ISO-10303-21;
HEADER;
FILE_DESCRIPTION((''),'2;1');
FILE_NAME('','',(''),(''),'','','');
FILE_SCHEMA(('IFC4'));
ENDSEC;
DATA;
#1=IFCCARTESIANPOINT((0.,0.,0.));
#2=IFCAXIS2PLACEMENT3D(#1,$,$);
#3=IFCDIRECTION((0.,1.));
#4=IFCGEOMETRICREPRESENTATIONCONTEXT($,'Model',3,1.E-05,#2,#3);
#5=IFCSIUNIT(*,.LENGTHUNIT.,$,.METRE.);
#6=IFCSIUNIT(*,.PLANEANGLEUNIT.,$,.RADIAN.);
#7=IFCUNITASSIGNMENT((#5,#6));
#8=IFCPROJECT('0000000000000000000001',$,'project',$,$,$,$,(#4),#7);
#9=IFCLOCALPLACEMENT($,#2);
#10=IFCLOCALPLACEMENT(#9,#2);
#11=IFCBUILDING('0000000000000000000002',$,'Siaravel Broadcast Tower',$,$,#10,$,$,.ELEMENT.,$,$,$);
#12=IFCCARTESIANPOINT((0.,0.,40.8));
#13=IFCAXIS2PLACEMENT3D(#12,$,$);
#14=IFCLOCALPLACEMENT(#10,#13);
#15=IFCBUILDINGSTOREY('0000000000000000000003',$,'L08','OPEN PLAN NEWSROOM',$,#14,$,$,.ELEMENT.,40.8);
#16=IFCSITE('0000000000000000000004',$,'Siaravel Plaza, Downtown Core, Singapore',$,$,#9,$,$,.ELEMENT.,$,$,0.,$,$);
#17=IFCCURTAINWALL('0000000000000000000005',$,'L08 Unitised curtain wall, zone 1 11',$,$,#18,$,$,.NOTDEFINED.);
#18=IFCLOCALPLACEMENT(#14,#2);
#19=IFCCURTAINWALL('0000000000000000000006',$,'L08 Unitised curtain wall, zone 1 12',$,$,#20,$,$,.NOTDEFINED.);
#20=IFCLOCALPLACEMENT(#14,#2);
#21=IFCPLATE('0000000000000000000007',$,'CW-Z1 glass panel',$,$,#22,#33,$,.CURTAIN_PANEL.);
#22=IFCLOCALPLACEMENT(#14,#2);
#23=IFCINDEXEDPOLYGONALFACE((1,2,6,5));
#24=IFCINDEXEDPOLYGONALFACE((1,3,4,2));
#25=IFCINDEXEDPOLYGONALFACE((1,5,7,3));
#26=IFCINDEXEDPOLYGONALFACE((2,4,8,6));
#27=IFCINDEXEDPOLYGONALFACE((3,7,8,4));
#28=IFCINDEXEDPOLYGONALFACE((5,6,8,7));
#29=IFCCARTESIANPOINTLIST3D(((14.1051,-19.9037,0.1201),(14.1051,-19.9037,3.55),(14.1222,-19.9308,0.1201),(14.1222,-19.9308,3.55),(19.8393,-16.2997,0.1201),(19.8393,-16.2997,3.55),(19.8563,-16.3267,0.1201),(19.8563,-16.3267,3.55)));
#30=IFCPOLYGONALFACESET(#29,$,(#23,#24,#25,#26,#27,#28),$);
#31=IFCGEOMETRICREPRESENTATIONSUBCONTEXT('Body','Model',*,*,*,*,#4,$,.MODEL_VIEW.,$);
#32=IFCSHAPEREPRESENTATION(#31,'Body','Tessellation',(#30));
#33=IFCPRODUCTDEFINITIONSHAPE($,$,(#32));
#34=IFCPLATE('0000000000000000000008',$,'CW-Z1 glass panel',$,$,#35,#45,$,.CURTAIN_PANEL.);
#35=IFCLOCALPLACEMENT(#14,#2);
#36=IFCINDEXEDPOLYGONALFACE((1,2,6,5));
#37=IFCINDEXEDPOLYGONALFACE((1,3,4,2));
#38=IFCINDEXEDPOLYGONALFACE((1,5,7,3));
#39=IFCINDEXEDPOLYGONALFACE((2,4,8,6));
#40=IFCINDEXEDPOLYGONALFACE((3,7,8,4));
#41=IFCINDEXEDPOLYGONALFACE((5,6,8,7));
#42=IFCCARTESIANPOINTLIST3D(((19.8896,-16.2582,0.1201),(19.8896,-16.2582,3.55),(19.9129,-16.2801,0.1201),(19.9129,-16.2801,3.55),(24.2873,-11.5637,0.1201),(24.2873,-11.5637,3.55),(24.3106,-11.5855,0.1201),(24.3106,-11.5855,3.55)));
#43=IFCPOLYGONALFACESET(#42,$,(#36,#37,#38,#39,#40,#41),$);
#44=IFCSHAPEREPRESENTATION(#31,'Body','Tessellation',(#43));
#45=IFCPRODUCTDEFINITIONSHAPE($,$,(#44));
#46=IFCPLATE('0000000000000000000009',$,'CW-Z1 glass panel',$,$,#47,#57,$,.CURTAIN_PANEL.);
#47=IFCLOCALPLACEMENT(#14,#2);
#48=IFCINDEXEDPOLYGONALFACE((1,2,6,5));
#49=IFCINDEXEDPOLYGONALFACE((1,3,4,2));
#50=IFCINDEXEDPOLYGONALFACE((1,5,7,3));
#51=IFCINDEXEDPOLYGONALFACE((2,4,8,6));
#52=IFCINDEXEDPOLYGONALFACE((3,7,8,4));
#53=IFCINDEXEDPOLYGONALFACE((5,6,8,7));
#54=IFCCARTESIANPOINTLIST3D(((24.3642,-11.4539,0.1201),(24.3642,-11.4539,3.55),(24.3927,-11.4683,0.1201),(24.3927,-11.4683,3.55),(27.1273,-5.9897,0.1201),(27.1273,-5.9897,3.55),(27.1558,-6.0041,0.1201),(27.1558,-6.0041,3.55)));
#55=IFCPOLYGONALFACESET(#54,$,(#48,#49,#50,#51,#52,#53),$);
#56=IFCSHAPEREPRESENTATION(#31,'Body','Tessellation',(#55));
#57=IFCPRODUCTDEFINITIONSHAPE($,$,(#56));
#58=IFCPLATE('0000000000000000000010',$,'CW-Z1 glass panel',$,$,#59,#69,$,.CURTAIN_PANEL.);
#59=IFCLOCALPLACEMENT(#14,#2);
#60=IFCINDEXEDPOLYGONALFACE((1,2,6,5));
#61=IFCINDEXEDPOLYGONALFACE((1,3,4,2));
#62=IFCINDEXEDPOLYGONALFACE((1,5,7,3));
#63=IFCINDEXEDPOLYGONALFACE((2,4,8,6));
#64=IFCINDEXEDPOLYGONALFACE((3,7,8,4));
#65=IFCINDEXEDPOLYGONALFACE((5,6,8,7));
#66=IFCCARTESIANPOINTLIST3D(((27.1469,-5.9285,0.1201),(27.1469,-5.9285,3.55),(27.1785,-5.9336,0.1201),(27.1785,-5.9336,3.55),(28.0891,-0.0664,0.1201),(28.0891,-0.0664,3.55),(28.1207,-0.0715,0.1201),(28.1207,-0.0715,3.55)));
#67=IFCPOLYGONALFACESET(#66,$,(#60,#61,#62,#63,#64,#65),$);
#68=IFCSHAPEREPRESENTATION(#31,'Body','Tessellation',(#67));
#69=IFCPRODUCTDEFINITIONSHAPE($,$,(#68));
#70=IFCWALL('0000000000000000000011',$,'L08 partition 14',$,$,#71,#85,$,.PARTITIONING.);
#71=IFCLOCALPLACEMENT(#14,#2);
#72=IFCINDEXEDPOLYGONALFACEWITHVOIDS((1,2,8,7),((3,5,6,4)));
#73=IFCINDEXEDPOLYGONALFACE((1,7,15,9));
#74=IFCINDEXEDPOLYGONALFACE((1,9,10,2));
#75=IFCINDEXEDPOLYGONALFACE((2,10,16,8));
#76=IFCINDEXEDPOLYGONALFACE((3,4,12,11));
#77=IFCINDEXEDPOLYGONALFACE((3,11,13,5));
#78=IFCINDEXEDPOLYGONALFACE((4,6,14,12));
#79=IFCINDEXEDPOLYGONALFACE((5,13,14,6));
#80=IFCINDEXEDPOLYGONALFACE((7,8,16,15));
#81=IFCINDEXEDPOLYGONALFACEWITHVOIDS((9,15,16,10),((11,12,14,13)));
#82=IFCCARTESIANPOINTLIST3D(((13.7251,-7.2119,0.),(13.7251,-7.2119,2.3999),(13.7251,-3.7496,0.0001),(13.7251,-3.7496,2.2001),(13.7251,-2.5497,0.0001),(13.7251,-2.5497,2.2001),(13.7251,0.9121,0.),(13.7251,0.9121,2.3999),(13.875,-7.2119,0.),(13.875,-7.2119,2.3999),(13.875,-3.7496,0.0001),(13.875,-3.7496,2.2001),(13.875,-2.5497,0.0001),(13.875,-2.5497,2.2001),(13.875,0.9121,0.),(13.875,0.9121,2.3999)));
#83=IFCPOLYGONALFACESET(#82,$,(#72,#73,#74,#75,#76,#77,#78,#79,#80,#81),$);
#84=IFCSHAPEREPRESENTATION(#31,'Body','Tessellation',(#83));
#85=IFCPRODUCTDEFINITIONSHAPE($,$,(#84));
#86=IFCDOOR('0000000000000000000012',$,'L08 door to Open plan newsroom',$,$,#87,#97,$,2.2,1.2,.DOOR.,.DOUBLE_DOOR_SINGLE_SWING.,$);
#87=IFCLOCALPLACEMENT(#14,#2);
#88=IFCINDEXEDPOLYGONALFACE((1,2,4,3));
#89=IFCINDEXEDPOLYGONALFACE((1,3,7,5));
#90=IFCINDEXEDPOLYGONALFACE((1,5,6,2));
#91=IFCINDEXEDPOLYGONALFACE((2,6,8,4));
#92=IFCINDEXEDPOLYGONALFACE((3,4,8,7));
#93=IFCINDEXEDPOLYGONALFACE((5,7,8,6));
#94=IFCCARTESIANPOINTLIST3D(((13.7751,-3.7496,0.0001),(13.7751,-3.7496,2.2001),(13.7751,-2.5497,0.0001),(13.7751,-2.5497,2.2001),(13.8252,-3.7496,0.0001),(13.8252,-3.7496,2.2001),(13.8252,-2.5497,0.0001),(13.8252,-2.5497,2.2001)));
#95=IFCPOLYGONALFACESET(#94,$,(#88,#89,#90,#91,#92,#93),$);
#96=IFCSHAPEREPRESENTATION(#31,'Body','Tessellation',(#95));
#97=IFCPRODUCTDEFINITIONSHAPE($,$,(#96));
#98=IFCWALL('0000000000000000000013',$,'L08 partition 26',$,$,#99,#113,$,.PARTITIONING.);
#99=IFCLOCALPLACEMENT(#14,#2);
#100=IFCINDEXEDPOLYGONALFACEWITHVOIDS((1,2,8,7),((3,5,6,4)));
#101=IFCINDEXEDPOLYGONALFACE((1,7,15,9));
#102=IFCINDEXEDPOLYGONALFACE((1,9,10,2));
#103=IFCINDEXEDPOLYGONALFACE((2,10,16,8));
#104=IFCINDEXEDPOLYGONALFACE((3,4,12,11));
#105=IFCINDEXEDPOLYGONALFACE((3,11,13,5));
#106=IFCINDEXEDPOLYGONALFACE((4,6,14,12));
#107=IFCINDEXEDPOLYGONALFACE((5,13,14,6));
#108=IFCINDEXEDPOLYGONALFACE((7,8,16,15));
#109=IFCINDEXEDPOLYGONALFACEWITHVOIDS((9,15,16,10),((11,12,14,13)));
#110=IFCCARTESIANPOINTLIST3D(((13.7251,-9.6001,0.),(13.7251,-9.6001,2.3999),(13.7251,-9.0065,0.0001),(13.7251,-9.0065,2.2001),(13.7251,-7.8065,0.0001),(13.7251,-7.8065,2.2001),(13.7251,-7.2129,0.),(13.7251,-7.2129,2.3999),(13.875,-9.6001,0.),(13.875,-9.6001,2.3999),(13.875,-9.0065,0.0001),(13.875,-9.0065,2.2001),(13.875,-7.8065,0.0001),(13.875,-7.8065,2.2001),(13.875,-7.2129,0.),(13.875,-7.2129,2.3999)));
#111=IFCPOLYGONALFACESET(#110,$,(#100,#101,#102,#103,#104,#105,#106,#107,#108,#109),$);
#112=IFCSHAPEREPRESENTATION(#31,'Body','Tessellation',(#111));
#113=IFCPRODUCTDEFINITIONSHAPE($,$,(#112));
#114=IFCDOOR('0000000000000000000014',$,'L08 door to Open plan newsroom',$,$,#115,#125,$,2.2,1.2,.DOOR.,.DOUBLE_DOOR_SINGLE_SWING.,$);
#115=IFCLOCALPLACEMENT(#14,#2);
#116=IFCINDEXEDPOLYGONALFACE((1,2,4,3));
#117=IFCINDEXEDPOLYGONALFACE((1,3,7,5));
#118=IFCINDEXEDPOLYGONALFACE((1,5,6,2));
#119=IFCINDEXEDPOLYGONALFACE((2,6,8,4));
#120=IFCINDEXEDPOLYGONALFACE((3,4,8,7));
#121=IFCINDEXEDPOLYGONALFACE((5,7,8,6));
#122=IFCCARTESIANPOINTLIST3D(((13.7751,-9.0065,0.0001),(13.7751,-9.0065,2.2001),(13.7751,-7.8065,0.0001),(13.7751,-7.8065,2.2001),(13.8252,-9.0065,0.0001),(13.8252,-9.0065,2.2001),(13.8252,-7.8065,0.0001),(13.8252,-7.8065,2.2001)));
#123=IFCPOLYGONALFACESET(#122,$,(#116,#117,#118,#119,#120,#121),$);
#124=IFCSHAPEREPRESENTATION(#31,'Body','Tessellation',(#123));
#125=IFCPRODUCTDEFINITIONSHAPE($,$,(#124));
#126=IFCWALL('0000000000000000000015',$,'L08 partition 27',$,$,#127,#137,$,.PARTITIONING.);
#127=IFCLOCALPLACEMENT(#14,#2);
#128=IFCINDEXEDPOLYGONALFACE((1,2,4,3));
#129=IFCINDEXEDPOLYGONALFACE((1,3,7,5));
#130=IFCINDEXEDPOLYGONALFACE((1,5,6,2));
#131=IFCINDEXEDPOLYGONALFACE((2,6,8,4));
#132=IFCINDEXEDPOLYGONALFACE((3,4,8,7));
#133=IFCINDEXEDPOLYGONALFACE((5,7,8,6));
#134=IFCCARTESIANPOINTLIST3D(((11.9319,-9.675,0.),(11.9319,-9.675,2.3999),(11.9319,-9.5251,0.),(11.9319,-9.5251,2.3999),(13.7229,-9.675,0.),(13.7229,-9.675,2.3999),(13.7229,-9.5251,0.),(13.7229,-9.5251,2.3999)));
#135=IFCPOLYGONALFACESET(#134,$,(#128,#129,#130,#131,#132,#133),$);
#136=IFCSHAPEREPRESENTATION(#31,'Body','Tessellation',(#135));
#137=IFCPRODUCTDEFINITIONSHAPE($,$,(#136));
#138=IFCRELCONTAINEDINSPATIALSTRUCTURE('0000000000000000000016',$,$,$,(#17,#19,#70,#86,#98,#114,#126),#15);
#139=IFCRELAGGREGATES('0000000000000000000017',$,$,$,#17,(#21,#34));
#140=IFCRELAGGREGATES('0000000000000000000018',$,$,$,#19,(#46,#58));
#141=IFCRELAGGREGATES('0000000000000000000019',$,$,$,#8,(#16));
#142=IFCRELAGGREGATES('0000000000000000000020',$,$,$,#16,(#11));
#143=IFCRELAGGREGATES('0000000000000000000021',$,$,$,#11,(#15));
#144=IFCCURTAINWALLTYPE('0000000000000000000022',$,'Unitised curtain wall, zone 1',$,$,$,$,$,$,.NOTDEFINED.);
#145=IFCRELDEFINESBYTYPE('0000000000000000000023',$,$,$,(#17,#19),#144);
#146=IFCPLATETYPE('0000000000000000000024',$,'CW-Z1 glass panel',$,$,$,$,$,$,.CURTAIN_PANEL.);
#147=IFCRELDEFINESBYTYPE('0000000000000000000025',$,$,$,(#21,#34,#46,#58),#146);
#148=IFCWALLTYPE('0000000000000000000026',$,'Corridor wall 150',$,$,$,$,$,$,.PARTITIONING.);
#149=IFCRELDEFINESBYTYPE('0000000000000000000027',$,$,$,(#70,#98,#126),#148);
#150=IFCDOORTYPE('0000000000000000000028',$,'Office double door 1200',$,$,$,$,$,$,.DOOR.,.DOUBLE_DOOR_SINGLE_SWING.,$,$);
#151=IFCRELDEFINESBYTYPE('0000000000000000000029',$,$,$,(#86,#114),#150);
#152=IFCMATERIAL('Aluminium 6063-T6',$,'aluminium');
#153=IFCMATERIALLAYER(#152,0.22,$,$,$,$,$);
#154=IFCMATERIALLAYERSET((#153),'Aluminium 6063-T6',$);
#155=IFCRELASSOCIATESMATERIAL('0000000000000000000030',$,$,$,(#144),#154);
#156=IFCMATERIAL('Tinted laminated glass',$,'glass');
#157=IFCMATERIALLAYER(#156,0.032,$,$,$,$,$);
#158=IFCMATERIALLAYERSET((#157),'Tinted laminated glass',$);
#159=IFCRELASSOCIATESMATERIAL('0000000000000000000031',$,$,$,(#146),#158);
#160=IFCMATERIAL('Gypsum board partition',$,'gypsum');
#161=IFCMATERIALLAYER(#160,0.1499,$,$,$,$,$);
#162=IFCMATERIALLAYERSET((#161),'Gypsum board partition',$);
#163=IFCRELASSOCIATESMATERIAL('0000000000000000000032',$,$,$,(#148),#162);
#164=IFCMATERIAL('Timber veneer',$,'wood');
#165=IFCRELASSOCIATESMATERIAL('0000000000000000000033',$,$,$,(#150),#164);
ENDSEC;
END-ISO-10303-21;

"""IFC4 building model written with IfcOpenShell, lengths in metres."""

from ifc_helpers import new_model, si_unit, direction, frame, frame_2d, origin, origin_2d, place, context, subcontext, project, spatial, rectangle, extrude, material, layer, layer_set, type_object, element, fill, aggregate, save


model = new_model("IFC4")

# Units and contexts
model_context = context("Model", 3, precision=1e-05, world=origin(), true_north=direction((0.0, 1.0)))
body_context = subcontext(model_context, "Body", "Model", "MODEL_VIEW")
ifc_project = project(units=[si_unit("LENGTHUNIT", "METRE"), si_unit("PLANEANGLEUNIT", "RADIAN")], contexts=[model_context])

# Site, building, storey
site_placement = place(None, origin())
site = spatial("IfcSite", under=ifc_project, at=site_placement, Name="Siaravel Plaza, Downtown Core, Singapore", CompositionType="ELEMENT", RefElevation=0.0)
building_placement = place(site_placement, origin())
building = spatial("IfcBuilding", under=site, at=building_placement, Name="Siaravel Broadcast Tower", CompositionType="ELEMENT")
storey_placement = place(building_placement, frame((0.0, 0.0, 40.8)))
storey = spatial("IfcBuildingStorey", under=building, at=storey_placement, Name="L08", Description="OPEN PLAN NEWSROOM", CompositionType="ELEMENT", Elevation=40.8)

# Shared definitions
ifc_material_1 = material(Name="Aluminium 6063-T6", Category="aluminium")
ifc_layer_1 = layer(ifc_material_1, 0.22)
ifc_layer_set_1 = layer_set([ifc_layer_1], Name="Aluminium 6063-T6")
curtain_wall_type = type_object("IfcCurtainWallType", Name="Unitised curtain wall, zone 1", PredefinedType="NOTDEFINED", material=ifc_layer_set_1)

# Curtain walls
curtain_wall_1_placement = place(storey_placement, origin())
curtain_wall_1 = element("IfcCurtainWall", 1, at=curtain_wall_1_placement, inside=storey, type_object=curtain_wall_type, Name="L08 Unitised curtain wall, zone 1 11", PredefinedType="NOTDEFINED")
curtain_wall_2_placement = place(storey_placement, origin())
curtain_wall_2 = element("IfcCurtainWall", 2, at=curtain_wall_2_placement, inside=storey, type_object=curtain_wall_type, Name="L08 Unitised curtain wall, zone 1 12", PredefinedType="NOTDEFINED")

# Plates
ifc_material_2 = material(Name="Tinted laminated glass", Category="glass")
ifc_layer_2 = layer(ifc_material_2, 0.032)
ifc_layer_set_2 = layer_set([ifc_layer_2], Name="Tinted laminated glass")
plate_type = type_object("IfcPlateType", Name="CW-Z1 glass panel", PredefinedType="CURTAIN_PANEL", material=ifc_layer_set_2)
plate_1_placement = place(storey_placement, frame((16.9807, -18.1152, 0.1201), z_axis=(0.0, 0.0, 1.0), x_axis=(0.846651, 0.532149, 0.0)))
plate_1 = element("IfcPlate", 3, at=plate_1_placement, type_object=plate_type, Name="CW-Z1 glass panel", PredefinedType="CURTAIN_PANEL", context=body_context, shape_type="SweptSolid", body=[
    extrude(rectangle(XDim=6.7727, YDim=0.032, at=origin_2d()), origin(), (0.0, 0.0, 1.0), 3.4299),
])
plate_2_placement = place(storey_placement, frame((22.1001, -13.9219, 0.1201), z_axis=(0.0, 0.0, 1.0), x_axis=(0.683655, 0.729805, 0.0)))
plate_2 = element("IfcPlate", 4, at=plate_2_placement, type_object=plate_type, Name="CW-Z1 glass panel", PredefinedType="CURTAIN_PANEL", context=body_context, shape_type="SweptSolid", body=[
    extrude(rectangle(XDim=6.4326, YDim=0.032, at=origin_2d()), origin(), (0.0, 0.0, 1.0), 3.4299),
])
aggregate(curtain_wall_1, [plate_1, plate_2])
plate_3_placement = place(storey_placement, frame((25.76, -8.729, 0.1201), z_axis=(0.0, 0.0, 1.0), x_axis=(0.451261, 0.892392, 0.0)))
plate_3 = element("IfcPlate", 5, at=plate_3_placement, type_object=plate_type, Name="CW-Z1 glass panel", PredefinedType="CURTAIN_PANEL", context=body_context, shape_type="SweptSolid", body=[
    extrude(rectangle(XDim=6.123, YDim=0.032, at=origin_2d()), origin(), (0.0, 0.0, 1.0), 3.4299),
])
plate_4_placement = place(storey_placement, frame((27.6338, -3.0, 0.1201), z_axis=(0.0, 0.0, 1.0), x_axis=(0.158686, 0.987329, 0.0)))
plate_4 = element("IfcPlate", 6, at=plate_4_placement, type_object=plate_type, Name="CW-Z1 glass panel", PredefinedType="CURTAIN_PANEL", context=body_context, shape_type="SweptSolid", body=[
    extrude(rectangle(XDim=5.9373, YDim=0.032, at=origin_2d()), origin(), (0.0, 0.0, 1.0), 3.4299),
])
aggregate(curtain_wall_2, [plate_3, plate_4])

# Walls, openings, doors
ifc_material_3 = material(Name="Gypsum board partition", Category="gypsum")
ifc_layer_3 = layer(ifc_material_3, 0.1499)
ifc_layer_set_3 = layer_set([ifc_layer_3], Name="Gypsum board partition")
wall_type = type_object("IfcWallType", Name="Corridor wall 150", PredefinedType="PARTITIONING", material=ifc_layer_set_3)
wall_1_placement = place(storey_placement, frame((13.8, -7.2119, 0.0), z_axis=(0.0, 0.0, 1.0), x_axis=(0.0, 1.0, 0.0)))
wall_1 = element("IfcWall", 7, at=wall_1_placement, inside=storey, type_object=wall_type, Name="L08 partition 14", PredefinedType="PARTITIONING", context=body_context, shape_type="SweptSolid", body=[
    extrude(rectangle(XDim=8.124, YDim=0.1499, at=frame_2d((4.062, 0.0))), origin(), (0.0, 0.0, 1.0), 2.3999),
])
opening_1_placement = place(wall_1_placement, frame((3.4622, 0.0, 0.0)))
opening_1 = element("IfcOpeningElement", 8, at=opening_1_placement, cuts=wall_1, PredefinedType="OPENING", context=body_context, shape_type="SweptSolid", body=[
    extrude(rectangle(XDim=1.2, YDim=2.2, at=frame_2d((0.6001, 1.1001))), frame((0.0, 0.085, 0.0), z_axis=(0.0, -1.0, 0.0), x_axis=(1.0, 0.0, 0.0)), (0.0, 0.0, 1.0), 0.1699),
])
ifc_material_4 = material(Name="Timber veneer", Category="wood")
door_type = type_object("IfcDoorType", Name="Office double door 1200", OperationType="DOUBLE_DOOR_SINGLE_SWING", PredefinedType="DOOR", material=ifc_material_4)
door_1_placement = place(opening_1_placement, origin())
door_1 = element("IfcDoor", 9, at=door_1_placement, inside=storey, type_object=door_type, Name="L08 door to Open plan newsroom", OperationType="DOUBLE_DOOR_SINGLE_SWING", OverallHeight=2.2, OverallWidth=1.2, PredefinedType="DOOR", context=body_context, shape_type="SweptSolid", body=[
    extrude(rectangle(XDim=1.2, YDim=2.2, at=frame_2d((0.6001, 1.1001))), frame((0.0, 0.0249, 0.0), z_axis=(0.0, -1.0, 0.0), x_axis=(1.0, 0.0, 0.0)), (0.0, 0.0, 1.0), 0.05),
])
fill(opening_1, door_1)
wall_2_placement = place(storey_placement, frame((13.8, -9.6001, 0.0), z_axis=(0.0, 0.0, 1.0), x_axis=(0.0, 1.0, 0.0)))
wall_2 = element("IfcWall", 10, at=wall_2_placement, inside=storey, type_object=wall_type, Name="L08 partition 26", PredefinedType="PARTITIONING", context=body_context, shape_type="SweptSolid", body=[
    extrude(rectangle(XDim=2.3872, YDim=0.1499, at=frame_2d((1.1936, 0.0))), origin(), (0.0, 0.0, 1.0), 2.3999),
])
opening_2_placement = place(wall_2_placement, frame((0.5935, 0.0, 0.0)))
opening_2 = element("IfcOpeningElement", 11, at=opening_2_placement, cuts=wall_2, PredefinedType="OPENING", context=body_context, shape_type="SweptSolid", body=[
    extrude(rectangle(XDim=1.2, YDim=2.2, at=frame_2d((0.6001, 1.1001))), frame((0.0, 0.085, 0.0), z_axis=(0.0, -1.0, 0.0), x_axis=(1.0, 0.0, 0.0)), (0.0, 0.0, 1.0), 0.1699),
])
door_2_placement = place(opening_2_placement, origin())
door_2 = element("IfcDoor", 12, at=door_2_placement, inside=storey, type_object=door_type, Name="L08 door to Open plan newsroom", OperationType="DOUBLE_DOOR_SINGLE_SWING", OverallHeight=2.2, OverallWidth=1.2, PredefinedType="DOOR", context=body_context, shape_type="SweptSolid", body=[
    extrude(rectangle(XDim=1.2, YDim=2.2, at=frame_2d((0.6001, 1.1001))), frame((0.0, 0.0249, 0.0), z_axis=(0.0, -1.0, 0.0), x_axis=(1.0, 0.0, 0.0)), (0.0, 0.0, 1.0), 0.05),
])
fill(opening_2, door_2)

# Wall
wall_3_placement = place(storey_placement, frame((11.9319, -9.6001, 0.0), z_axis=(0.0, 0.0, 1.0), x_axis=(1.0, 0.0, 0.0)))
element("IfcWall", 13, at=wall_3_placement, inside=storey, type_object=wall_type, Name="L08 partition 27", PredefinedType="PARTITIONING", context=body_context, shape_type="SweptSolid", body=[
    extrude(rectangle(XDim=1.791, YDim=0.1499, at=frame_2d((0.8955, 0.0))), origin(), (0.0, 0.0, 1.0), 2.3999),
])

save(model, "model.ifc")
